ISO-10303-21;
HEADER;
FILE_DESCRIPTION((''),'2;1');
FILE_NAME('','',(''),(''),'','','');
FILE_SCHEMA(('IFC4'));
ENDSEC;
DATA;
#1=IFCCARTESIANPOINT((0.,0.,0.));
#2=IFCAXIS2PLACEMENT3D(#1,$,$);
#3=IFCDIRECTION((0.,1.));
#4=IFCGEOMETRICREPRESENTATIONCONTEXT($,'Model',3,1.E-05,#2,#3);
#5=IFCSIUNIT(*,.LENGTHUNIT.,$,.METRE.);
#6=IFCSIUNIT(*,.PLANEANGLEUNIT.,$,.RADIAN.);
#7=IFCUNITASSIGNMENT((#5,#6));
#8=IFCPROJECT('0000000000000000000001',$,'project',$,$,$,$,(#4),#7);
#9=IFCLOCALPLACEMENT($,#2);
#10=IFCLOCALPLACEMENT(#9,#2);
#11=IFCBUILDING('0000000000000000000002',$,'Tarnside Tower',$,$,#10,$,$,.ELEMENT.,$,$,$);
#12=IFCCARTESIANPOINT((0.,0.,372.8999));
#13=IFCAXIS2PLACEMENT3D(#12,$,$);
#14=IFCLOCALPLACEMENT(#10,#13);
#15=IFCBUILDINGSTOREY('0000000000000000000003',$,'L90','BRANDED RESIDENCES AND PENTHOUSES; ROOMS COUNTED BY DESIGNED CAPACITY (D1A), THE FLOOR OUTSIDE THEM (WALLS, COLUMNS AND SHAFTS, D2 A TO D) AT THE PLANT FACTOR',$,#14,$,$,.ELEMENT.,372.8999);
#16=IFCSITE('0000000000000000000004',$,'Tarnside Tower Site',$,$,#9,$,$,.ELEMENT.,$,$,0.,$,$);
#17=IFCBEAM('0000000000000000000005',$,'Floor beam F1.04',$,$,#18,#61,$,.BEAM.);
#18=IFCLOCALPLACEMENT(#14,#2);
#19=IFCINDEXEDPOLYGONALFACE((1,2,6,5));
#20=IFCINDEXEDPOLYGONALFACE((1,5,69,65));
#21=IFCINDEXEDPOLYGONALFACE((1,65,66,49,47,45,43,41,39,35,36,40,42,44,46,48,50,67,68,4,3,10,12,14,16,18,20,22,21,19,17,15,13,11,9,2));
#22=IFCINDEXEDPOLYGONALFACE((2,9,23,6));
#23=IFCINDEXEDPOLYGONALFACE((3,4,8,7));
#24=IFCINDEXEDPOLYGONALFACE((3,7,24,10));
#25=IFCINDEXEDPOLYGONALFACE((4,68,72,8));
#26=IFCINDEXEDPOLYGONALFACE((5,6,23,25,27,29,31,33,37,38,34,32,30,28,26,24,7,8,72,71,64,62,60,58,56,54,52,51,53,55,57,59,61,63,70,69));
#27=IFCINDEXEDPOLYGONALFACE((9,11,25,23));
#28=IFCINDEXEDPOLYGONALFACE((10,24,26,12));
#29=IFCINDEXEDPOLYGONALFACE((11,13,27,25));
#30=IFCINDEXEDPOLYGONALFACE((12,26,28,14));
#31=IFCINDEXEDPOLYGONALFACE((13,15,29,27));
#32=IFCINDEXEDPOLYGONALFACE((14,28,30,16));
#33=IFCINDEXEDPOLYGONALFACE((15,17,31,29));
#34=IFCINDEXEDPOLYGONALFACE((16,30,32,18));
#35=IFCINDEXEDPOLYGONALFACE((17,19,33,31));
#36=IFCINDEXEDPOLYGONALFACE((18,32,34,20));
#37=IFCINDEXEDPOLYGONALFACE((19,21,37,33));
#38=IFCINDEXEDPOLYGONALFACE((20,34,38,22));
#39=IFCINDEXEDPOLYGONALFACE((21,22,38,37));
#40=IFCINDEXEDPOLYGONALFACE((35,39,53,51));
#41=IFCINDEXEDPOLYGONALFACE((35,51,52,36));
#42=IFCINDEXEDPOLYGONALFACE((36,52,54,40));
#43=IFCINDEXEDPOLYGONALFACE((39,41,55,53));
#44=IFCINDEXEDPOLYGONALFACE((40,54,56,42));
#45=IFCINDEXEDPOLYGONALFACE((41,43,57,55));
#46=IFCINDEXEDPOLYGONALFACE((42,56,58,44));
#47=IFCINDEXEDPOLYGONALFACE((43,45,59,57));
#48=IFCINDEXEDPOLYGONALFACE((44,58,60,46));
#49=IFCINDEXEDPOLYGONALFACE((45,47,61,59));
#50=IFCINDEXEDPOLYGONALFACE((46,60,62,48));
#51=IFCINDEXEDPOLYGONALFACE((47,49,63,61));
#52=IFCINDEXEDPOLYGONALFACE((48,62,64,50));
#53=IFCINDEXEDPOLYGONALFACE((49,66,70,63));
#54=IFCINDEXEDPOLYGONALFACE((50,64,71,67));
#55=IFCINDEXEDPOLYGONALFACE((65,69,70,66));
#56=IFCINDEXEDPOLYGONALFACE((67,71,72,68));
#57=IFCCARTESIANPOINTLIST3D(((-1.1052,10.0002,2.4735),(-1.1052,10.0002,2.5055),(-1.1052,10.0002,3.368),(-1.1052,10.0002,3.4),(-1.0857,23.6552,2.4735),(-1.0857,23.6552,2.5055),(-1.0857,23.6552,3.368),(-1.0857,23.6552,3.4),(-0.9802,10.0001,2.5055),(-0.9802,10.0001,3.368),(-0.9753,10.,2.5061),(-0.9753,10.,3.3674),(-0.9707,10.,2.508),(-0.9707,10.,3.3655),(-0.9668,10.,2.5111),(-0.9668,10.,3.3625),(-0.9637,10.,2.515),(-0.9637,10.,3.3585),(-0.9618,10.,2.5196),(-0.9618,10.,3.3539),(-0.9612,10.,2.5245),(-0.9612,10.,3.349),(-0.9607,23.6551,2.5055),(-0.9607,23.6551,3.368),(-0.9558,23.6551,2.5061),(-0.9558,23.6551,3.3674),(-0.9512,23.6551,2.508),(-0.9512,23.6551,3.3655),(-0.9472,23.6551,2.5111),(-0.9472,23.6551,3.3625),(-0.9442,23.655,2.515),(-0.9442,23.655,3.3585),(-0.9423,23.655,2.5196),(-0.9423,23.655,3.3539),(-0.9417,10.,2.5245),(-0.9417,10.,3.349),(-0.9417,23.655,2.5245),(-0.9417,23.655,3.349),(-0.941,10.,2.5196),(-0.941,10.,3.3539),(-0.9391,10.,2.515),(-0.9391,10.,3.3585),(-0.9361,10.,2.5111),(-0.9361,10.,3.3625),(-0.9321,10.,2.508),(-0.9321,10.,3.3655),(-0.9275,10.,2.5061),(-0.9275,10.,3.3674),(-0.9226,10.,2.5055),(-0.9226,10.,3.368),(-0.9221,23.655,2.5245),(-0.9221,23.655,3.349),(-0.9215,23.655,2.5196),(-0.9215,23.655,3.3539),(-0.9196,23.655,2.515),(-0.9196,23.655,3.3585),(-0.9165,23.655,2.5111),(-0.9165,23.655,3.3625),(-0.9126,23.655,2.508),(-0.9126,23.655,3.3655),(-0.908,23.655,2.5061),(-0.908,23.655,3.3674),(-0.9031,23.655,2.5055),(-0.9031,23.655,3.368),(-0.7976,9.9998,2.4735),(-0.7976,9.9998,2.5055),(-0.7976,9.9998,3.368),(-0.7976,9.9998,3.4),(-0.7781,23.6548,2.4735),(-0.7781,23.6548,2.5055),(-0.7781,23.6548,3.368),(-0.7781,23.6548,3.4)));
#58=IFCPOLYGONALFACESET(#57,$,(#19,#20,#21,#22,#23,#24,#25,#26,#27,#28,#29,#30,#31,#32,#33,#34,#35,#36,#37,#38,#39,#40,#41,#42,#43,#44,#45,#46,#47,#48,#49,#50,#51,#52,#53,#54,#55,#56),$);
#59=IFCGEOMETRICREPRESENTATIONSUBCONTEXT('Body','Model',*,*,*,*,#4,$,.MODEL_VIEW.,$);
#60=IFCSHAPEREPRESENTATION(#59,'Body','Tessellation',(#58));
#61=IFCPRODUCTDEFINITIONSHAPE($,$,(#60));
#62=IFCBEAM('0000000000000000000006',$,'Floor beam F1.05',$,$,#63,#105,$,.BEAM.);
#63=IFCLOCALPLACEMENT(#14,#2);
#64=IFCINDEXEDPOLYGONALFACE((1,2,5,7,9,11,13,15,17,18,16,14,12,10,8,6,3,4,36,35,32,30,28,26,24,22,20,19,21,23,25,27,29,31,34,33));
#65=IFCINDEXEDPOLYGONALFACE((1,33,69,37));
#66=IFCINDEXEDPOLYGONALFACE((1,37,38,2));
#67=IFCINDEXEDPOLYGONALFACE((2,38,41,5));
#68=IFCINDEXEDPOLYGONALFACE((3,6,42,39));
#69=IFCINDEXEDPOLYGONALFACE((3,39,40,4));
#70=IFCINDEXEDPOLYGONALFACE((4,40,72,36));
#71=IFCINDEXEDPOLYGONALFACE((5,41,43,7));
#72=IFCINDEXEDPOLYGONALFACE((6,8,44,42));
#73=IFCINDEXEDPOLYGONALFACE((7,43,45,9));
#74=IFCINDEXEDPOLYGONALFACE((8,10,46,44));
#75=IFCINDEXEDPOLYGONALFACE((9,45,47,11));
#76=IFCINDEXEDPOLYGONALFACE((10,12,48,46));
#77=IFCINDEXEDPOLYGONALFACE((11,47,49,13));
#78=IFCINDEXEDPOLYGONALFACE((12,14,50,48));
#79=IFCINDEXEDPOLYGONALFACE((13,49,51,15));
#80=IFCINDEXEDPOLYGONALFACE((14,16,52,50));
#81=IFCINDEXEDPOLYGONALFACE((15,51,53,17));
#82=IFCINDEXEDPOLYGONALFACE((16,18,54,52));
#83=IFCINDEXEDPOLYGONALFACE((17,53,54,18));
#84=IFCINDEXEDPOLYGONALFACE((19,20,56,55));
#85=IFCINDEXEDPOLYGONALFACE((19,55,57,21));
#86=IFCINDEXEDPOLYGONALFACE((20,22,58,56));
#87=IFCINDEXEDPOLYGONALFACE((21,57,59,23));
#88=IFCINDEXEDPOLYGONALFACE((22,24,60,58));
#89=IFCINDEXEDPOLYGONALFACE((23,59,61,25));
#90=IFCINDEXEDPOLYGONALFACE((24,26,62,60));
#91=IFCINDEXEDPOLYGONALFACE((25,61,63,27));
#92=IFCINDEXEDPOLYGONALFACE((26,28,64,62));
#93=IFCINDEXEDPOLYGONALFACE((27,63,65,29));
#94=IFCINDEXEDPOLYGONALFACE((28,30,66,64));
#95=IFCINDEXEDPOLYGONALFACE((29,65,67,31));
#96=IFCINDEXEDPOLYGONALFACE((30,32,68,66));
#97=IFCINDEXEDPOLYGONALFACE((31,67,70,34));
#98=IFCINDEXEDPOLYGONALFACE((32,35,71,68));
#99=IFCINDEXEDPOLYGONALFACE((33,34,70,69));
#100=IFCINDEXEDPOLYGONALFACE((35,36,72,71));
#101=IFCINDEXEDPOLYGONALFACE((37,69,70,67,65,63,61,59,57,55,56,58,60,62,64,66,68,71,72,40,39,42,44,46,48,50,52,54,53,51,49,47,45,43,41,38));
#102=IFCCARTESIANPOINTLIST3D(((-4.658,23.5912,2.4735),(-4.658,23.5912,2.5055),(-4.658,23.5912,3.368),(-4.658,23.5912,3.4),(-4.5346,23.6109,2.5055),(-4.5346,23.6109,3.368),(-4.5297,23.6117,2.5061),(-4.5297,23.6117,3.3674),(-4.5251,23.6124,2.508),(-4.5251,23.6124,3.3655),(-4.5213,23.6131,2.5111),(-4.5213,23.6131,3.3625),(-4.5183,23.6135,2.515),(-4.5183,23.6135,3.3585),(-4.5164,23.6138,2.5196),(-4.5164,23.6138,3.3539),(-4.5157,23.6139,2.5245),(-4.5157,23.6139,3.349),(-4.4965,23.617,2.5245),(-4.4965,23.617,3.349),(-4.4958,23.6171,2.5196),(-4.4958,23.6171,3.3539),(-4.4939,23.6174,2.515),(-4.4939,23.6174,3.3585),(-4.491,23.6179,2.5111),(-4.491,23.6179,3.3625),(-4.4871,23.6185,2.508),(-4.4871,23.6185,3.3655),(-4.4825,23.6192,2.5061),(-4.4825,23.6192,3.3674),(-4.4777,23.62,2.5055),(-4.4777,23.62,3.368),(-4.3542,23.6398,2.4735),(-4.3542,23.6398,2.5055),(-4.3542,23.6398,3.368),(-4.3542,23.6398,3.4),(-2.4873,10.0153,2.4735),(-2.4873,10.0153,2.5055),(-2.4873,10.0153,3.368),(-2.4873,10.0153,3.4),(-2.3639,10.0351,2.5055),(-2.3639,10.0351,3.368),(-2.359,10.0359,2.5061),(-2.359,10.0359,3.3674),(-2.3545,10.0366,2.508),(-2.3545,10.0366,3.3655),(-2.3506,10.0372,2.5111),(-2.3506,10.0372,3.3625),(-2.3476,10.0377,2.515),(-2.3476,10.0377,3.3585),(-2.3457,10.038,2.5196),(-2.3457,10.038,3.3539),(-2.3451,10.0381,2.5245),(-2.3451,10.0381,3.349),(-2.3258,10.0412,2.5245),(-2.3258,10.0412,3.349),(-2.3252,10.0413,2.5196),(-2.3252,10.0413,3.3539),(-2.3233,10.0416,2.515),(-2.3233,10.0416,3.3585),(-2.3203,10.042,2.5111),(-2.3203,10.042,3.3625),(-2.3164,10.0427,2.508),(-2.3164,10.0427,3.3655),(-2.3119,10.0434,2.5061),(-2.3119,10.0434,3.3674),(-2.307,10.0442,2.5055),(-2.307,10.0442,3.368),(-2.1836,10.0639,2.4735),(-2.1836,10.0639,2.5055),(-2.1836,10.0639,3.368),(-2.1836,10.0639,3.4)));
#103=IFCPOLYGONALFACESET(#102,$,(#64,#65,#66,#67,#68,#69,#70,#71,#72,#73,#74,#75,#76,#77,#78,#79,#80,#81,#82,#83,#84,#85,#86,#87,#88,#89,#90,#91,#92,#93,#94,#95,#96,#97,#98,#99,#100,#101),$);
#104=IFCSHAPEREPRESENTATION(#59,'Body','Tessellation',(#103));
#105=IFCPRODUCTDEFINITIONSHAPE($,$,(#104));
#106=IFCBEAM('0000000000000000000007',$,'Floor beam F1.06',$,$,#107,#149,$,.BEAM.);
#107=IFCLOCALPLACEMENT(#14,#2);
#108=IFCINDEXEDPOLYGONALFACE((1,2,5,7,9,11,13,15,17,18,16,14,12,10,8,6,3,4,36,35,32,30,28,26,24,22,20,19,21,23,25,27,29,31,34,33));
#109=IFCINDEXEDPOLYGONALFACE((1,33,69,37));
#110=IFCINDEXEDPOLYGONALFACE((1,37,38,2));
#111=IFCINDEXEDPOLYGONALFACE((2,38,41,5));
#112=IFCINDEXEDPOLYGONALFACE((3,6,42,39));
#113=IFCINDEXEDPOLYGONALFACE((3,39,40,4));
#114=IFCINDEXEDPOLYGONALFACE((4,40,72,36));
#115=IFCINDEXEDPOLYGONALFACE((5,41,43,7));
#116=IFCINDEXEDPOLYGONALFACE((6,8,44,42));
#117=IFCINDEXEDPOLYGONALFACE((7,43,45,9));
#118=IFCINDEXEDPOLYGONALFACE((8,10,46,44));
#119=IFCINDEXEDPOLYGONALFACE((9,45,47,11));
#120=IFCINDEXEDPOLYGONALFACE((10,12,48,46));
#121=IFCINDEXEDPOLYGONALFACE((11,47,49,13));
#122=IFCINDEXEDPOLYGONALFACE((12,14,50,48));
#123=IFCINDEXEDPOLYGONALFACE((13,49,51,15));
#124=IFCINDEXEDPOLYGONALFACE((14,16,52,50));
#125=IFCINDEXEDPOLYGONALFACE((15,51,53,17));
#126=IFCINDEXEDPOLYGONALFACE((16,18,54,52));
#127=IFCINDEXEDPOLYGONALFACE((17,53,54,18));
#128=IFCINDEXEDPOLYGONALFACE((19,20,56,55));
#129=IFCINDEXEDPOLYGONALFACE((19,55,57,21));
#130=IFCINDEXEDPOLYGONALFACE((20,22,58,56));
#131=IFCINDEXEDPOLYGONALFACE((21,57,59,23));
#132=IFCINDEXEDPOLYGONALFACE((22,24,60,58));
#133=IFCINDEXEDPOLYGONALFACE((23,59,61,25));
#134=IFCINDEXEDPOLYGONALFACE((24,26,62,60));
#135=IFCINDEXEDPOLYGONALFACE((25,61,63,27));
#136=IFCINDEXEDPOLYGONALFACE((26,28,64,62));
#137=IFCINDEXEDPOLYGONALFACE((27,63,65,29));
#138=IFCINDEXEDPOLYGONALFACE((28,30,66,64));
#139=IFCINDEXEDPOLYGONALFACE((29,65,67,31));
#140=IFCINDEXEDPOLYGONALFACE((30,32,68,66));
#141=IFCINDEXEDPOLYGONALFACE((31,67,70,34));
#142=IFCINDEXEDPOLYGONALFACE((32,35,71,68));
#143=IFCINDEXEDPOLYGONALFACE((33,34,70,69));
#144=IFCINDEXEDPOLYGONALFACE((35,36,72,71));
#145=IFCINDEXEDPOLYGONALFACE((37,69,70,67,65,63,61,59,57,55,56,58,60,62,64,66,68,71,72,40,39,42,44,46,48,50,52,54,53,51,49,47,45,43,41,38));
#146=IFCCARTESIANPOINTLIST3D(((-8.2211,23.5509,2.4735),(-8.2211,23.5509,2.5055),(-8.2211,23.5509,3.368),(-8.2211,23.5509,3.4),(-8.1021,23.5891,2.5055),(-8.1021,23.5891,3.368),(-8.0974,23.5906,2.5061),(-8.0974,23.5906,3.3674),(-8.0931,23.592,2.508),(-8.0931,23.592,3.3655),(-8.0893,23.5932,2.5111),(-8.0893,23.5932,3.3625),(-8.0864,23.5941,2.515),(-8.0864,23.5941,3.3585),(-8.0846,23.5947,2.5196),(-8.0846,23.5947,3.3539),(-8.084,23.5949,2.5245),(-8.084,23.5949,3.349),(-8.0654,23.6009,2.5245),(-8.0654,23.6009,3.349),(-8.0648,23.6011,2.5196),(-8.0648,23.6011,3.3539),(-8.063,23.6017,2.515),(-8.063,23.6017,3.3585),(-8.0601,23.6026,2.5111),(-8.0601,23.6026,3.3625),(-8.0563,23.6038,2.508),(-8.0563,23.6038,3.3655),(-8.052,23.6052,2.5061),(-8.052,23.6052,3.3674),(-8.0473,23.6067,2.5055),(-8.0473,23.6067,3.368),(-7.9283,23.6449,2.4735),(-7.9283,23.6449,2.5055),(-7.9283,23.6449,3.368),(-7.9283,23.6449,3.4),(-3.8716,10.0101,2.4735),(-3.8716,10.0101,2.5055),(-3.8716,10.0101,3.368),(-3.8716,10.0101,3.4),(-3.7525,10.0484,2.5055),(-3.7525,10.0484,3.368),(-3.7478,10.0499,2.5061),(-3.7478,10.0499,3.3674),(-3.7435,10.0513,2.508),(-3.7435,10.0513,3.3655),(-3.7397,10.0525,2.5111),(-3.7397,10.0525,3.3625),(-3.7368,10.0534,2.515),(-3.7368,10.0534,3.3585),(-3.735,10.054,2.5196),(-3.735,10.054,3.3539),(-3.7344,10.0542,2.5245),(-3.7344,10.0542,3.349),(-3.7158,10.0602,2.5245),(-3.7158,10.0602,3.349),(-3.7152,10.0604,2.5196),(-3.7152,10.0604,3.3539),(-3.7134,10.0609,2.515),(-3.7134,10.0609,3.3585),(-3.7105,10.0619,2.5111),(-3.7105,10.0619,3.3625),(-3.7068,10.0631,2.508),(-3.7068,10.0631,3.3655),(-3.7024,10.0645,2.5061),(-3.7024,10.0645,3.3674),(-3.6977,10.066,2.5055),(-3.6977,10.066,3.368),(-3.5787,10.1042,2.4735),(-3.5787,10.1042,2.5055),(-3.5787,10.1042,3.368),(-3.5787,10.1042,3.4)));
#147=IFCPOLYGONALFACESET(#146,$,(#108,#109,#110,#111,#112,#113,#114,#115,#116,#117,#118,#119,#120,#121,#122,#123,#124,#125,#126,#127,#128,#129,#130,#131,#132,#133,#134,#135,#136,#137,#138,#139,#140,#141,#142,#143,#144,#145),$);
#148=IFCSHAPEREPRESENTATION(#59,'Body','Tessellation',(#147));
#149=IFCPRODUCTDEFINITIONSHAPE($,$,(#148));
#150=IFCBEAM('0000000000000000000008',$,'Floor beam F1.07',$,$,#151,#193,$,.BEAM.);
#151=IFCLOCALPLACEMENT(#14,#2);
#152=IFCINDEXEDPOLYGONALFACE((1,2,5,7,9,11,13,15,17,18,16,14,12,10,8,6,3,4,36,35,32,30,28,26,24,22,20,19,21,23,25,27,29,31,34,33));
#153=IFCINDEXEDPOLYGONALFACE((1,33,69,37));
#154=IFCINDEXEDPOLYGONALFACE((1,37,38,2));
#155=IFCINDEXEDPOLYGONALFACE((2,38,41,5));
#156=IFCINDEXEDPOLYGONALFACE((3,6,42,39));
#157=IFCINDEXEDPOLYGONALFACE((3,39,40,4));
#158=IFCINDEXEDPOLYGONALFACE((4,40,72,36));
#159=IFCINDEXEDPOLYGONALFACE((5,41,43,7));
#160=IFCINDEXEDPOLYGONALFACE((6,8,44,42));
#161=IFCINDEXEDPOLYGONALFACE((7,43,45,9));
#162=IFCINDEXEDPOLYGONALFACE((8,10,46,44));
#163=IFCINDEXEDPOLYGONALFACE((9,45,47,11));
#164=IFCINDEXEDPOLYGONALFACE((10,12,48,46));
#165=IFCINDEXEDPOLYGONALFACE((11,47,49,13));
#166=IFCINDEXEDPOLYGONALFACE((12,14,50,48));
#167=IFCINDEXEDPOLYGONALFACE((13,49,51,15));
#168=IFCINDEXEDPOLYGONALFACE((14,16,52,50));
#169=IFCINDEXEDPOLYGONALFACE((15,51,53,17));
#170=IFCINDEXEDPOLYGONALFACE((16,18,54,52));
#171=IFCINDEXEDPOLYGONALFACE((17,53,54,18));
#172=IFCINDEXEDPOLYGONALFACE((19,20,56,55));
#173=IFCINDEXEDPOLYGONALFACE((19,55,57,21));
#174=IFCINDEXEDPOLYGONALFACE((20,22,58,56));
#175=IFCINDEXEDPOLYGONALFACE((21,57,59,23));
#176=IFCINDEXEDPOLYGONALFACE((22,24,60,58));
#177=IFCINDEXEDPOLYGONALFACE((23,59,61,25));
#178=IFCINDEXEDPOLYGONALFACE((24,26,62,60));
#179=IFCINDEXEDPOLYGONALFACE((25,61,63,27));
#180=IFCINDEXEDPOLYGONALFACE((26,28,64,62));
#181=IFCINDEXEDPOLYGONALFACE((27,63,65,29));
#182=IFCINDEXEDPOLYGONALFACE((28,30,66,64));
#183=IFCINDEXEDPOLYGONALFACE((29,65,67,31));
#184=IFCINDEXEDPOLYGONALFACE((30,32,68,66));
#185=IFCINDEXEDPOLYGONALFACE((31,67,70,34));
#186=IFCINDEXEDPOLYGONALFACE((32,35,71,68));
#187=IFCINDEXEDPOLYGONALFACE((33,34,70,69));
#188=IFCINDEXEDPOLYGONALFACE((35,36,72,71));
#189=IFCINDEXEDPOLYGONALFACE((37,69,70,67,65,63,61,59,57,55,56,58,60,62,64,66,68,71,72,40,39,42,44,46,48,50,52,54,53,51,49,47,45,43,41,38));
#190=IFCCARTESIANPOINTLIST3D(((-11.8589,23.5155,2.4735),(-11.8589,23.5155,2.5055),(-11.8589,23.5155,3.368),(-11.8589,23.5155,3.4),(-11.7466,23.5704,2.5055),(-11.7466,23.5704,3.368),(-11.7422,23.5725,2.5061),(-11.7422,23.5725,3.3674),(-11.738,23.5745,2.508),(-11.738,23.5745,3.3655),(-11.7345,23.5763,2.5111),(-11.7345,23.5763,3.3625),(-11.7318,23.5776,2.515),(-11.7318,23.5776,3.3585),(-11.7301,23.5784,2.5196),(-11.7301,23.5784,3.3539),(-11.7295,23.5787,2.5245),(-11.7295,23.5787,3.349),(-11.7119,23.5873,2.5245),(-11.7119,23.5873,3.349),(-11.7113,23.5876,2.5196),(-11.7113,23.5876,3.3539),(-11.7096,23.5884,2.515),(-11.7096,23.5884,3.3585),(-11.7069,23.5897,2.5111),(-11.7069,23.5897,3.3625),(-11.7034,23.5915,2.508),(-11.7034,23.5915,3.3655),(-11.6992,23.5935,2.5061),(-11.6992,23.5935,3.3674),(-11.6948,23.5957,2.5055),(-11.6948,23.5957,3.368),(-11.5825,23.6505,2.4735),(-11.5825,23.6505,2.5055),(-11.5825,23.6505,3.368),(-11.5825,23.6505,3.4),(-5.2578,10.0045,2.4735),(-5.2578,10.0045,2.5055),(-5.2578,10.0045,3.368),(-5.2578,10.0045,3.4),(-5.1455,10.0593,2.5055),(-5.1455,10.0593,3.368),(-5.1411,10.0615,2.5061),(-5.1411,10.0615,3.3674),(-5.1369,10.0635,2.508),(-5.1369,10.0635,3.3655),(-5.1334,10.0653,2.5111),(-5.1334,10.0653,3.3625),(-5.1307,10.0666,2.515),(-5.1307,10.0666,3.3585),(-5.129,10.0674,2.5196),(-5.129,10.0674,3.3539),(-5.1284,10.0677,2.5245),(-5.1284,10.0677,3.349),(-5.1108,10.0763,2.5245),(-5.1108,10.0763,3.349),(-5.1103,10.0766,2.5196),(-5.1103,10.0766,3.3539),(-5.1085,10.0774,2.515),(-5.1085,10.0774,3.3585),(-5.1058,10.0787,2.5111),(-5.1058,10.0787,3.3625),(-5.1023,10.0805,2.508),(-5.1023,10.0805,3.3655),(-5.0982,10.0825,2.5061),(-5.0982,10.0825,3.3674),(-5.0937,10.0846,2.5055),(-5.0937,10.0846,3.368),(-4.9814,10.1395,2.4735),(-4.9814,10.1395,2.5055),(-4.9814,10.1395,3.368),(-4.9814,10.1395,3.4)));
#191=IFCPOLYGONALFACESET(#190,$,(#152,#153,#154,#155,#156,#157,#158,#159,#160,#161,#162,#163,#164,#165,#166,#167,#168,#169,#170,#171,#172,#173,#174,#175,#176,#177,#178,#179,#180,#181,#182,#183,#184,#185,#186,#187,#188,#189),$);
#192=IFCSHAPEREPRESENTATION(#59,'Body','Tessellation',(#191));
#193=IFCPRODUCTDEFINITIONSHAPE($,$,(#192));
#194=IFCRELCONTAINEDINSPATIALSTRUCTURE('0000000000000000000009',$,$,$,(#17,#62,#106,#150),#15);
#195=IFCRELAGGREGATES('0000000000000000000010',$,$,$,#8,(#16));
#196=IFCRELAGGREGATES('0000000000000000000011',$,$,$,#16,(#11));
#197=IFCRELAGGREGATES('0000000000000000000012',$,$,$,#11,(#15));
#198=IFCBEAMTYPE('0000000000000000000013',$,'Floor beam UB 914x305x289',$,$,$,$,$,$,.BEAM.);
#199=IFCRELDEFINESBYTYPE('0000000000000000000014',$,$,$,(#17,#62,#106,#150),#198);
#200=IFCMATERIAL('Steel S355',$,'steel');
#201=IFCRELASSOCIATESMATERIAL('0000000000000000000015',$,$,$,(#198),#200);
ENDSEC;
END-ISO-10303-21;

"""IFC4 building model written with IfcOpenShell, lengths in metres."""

from ifc_helpers import new_model, si_unit, direction, frame, origin, origin_2d, place, context, subcontext, project, spatial, i_section, extrude, material, material_profile, profile_set, type_object, element, save


model = new_model("IFC4")

# Units and contexts
model_context = context("Model", 3, precision=1e-05, world=origin(), true_north=direction((0.0, 1.0)))
body_context = subcontext(model_context, "Body", "Model", "MODEL_VIEW")
ifc_project = project(units=[si_unit("LENGTHUNIT", "METRE"), si_unit("PLANEANGLEUNIT", "RADIAN")], contexts=[model_context])

# Site, building, storey
site_placement = place(None, origin())
site = spatial("IfcSite", under=ifc_project, at=site_placement, Name="Tarnside Tower Site", CompositionType="ELEMENT", RefElevation=0.0)
building_placement = place(site_placement, origin())
building = spatial("IfcBuilding", under=site, at=building_placement, Name="Tarnside Tower", CompositionType="ELEMENT")
storey_placement = place(building_placement, frame((0.0, 0.0, 372.8999)))
storey = spatial("IfcBuildingStorey", under=building, at=storey_placement, Name="L90", Description="BRANDED RESIDENCES AND PENTHOUSES; ROOMS COUNTED BY DESIGNED CAPACITY (D1A), THE FLOOR OUTSIDE THEM (WALLS, COLUMNS AND SHAFTS, D2 A TO D) AT THE PLANT FACTOR", CompositionType="ELEMENT", Elevation=372.8999)

# Beams
ifc_material_1 = material(Name="Steel S355", Category="steel")
ifc_material_profile = material_profile(ifc_material_1, i_section(OverallWidth=0.3076, OverallDepth=0.9265, WebThickness=0.0195, FlangeThickness=0.032, FilletRadius=0.019, at=origin_2d()), Name="UB 914x305x289")
ifc_profile_set = profile_set([ifc_material_profile], Name="Steel S355")
beam_type = type_object("IfcBeamType", Name="Floor beam UB 914x305x289", PredefinedType="BEAM", material=ifc_profile_set)
beam_1_placement = place(storey_placement, frame((-0.9319, 23.655, 2.9368), z_axis=(-0.00143, -0.999999, 0.0), x_axis=(0.999999, -0.00143, 0.0)))
element("IfcBeam", 1, at=beam_1_placement, inside=storey, type_object=beam_type, Name="Floor beam F1.04", PredefinedType="BEAM", context=body_context, shape_type="SweptSolid", body=[
    extrude(i_section(OverallWidth=0.3076, OverallDepth=0.9265, WebThickness=0.0195, FlangeThickness=0.032, FilletRadius=0.019, at=origin_2d()), origin(), (0.0, 0.0, 1.0), 13.655),
])
beam_2_placement = place(storey_placement, frame((-4.5061, 23.6155, 2.9368), z_axis=(0.157885, -0.987458, 0.0), x_axis=(0.987458, 0.157885, 0.0)))
element("IfcBeam", 2, at=beam_2_placement, inside=storey, type_object=beam_type, Name="Floor beam F1.05", PredefinedType="BEAM", context=body_context, shape_type="SweptSolid", body=[
    extrude(i_section(OverallWidth=0.3076, OverallDepth=0.9265, WebThickness=0.0195, FlangeThickness=0.032, FilletRadius=0.019, at=origin_2d()), origin(), (0.0, 0.0, 1.0), 13.7483),
])
beam_3_placement = place(storey_placement, frame((-8.0747, 23.5979, 2.9368), z_axis=(0.305832, -0.952086, 0.0), x_axis=(0.952086, 0.305832, 0.0)))
element("IfcBeam", 3, at=beam_3_placement, inside=storey, type_object=beam_type, Name="Floor beam F1.06", PredefinedType="BEAM", context=body_context, shape_type="SweptSolid", body=[
    extrude(i_section(OverallWidth=0.3076, OverallDepth=0.9265, WebThickness=0.0195, FlangeThickness=0.032, FilletRadius=0.019, at=origin_2d()), origin(), (0.0, 0.0, 1.0), 14.2222),
])
beam_4_placement = place(storey_placement, frame((-11.7207, 23.583, 2.9368), z_axis=(0.438979, -0.898497, 0.0), x_axis=(0.898497, 0.438979, 0.0)))
element("IfcBeam", 4, at=beam_4_placement, inside=storey, type_object=beam_type, Name="Floor beam F1.07", PredefinedType="BEAM", context=body_context, shape_type="SweptSolid", body=[
    extrude(i_section(OverallWidth=0.3076, OverallDepth=0.9265, WebThickness=0.0195, FlangeThickness=0.032, FilletRadius=0.019, at=origin_2d()), origin(), (0.0, 0.0, 1.0), 15.0374),
])

save(model, "model.ifc")
